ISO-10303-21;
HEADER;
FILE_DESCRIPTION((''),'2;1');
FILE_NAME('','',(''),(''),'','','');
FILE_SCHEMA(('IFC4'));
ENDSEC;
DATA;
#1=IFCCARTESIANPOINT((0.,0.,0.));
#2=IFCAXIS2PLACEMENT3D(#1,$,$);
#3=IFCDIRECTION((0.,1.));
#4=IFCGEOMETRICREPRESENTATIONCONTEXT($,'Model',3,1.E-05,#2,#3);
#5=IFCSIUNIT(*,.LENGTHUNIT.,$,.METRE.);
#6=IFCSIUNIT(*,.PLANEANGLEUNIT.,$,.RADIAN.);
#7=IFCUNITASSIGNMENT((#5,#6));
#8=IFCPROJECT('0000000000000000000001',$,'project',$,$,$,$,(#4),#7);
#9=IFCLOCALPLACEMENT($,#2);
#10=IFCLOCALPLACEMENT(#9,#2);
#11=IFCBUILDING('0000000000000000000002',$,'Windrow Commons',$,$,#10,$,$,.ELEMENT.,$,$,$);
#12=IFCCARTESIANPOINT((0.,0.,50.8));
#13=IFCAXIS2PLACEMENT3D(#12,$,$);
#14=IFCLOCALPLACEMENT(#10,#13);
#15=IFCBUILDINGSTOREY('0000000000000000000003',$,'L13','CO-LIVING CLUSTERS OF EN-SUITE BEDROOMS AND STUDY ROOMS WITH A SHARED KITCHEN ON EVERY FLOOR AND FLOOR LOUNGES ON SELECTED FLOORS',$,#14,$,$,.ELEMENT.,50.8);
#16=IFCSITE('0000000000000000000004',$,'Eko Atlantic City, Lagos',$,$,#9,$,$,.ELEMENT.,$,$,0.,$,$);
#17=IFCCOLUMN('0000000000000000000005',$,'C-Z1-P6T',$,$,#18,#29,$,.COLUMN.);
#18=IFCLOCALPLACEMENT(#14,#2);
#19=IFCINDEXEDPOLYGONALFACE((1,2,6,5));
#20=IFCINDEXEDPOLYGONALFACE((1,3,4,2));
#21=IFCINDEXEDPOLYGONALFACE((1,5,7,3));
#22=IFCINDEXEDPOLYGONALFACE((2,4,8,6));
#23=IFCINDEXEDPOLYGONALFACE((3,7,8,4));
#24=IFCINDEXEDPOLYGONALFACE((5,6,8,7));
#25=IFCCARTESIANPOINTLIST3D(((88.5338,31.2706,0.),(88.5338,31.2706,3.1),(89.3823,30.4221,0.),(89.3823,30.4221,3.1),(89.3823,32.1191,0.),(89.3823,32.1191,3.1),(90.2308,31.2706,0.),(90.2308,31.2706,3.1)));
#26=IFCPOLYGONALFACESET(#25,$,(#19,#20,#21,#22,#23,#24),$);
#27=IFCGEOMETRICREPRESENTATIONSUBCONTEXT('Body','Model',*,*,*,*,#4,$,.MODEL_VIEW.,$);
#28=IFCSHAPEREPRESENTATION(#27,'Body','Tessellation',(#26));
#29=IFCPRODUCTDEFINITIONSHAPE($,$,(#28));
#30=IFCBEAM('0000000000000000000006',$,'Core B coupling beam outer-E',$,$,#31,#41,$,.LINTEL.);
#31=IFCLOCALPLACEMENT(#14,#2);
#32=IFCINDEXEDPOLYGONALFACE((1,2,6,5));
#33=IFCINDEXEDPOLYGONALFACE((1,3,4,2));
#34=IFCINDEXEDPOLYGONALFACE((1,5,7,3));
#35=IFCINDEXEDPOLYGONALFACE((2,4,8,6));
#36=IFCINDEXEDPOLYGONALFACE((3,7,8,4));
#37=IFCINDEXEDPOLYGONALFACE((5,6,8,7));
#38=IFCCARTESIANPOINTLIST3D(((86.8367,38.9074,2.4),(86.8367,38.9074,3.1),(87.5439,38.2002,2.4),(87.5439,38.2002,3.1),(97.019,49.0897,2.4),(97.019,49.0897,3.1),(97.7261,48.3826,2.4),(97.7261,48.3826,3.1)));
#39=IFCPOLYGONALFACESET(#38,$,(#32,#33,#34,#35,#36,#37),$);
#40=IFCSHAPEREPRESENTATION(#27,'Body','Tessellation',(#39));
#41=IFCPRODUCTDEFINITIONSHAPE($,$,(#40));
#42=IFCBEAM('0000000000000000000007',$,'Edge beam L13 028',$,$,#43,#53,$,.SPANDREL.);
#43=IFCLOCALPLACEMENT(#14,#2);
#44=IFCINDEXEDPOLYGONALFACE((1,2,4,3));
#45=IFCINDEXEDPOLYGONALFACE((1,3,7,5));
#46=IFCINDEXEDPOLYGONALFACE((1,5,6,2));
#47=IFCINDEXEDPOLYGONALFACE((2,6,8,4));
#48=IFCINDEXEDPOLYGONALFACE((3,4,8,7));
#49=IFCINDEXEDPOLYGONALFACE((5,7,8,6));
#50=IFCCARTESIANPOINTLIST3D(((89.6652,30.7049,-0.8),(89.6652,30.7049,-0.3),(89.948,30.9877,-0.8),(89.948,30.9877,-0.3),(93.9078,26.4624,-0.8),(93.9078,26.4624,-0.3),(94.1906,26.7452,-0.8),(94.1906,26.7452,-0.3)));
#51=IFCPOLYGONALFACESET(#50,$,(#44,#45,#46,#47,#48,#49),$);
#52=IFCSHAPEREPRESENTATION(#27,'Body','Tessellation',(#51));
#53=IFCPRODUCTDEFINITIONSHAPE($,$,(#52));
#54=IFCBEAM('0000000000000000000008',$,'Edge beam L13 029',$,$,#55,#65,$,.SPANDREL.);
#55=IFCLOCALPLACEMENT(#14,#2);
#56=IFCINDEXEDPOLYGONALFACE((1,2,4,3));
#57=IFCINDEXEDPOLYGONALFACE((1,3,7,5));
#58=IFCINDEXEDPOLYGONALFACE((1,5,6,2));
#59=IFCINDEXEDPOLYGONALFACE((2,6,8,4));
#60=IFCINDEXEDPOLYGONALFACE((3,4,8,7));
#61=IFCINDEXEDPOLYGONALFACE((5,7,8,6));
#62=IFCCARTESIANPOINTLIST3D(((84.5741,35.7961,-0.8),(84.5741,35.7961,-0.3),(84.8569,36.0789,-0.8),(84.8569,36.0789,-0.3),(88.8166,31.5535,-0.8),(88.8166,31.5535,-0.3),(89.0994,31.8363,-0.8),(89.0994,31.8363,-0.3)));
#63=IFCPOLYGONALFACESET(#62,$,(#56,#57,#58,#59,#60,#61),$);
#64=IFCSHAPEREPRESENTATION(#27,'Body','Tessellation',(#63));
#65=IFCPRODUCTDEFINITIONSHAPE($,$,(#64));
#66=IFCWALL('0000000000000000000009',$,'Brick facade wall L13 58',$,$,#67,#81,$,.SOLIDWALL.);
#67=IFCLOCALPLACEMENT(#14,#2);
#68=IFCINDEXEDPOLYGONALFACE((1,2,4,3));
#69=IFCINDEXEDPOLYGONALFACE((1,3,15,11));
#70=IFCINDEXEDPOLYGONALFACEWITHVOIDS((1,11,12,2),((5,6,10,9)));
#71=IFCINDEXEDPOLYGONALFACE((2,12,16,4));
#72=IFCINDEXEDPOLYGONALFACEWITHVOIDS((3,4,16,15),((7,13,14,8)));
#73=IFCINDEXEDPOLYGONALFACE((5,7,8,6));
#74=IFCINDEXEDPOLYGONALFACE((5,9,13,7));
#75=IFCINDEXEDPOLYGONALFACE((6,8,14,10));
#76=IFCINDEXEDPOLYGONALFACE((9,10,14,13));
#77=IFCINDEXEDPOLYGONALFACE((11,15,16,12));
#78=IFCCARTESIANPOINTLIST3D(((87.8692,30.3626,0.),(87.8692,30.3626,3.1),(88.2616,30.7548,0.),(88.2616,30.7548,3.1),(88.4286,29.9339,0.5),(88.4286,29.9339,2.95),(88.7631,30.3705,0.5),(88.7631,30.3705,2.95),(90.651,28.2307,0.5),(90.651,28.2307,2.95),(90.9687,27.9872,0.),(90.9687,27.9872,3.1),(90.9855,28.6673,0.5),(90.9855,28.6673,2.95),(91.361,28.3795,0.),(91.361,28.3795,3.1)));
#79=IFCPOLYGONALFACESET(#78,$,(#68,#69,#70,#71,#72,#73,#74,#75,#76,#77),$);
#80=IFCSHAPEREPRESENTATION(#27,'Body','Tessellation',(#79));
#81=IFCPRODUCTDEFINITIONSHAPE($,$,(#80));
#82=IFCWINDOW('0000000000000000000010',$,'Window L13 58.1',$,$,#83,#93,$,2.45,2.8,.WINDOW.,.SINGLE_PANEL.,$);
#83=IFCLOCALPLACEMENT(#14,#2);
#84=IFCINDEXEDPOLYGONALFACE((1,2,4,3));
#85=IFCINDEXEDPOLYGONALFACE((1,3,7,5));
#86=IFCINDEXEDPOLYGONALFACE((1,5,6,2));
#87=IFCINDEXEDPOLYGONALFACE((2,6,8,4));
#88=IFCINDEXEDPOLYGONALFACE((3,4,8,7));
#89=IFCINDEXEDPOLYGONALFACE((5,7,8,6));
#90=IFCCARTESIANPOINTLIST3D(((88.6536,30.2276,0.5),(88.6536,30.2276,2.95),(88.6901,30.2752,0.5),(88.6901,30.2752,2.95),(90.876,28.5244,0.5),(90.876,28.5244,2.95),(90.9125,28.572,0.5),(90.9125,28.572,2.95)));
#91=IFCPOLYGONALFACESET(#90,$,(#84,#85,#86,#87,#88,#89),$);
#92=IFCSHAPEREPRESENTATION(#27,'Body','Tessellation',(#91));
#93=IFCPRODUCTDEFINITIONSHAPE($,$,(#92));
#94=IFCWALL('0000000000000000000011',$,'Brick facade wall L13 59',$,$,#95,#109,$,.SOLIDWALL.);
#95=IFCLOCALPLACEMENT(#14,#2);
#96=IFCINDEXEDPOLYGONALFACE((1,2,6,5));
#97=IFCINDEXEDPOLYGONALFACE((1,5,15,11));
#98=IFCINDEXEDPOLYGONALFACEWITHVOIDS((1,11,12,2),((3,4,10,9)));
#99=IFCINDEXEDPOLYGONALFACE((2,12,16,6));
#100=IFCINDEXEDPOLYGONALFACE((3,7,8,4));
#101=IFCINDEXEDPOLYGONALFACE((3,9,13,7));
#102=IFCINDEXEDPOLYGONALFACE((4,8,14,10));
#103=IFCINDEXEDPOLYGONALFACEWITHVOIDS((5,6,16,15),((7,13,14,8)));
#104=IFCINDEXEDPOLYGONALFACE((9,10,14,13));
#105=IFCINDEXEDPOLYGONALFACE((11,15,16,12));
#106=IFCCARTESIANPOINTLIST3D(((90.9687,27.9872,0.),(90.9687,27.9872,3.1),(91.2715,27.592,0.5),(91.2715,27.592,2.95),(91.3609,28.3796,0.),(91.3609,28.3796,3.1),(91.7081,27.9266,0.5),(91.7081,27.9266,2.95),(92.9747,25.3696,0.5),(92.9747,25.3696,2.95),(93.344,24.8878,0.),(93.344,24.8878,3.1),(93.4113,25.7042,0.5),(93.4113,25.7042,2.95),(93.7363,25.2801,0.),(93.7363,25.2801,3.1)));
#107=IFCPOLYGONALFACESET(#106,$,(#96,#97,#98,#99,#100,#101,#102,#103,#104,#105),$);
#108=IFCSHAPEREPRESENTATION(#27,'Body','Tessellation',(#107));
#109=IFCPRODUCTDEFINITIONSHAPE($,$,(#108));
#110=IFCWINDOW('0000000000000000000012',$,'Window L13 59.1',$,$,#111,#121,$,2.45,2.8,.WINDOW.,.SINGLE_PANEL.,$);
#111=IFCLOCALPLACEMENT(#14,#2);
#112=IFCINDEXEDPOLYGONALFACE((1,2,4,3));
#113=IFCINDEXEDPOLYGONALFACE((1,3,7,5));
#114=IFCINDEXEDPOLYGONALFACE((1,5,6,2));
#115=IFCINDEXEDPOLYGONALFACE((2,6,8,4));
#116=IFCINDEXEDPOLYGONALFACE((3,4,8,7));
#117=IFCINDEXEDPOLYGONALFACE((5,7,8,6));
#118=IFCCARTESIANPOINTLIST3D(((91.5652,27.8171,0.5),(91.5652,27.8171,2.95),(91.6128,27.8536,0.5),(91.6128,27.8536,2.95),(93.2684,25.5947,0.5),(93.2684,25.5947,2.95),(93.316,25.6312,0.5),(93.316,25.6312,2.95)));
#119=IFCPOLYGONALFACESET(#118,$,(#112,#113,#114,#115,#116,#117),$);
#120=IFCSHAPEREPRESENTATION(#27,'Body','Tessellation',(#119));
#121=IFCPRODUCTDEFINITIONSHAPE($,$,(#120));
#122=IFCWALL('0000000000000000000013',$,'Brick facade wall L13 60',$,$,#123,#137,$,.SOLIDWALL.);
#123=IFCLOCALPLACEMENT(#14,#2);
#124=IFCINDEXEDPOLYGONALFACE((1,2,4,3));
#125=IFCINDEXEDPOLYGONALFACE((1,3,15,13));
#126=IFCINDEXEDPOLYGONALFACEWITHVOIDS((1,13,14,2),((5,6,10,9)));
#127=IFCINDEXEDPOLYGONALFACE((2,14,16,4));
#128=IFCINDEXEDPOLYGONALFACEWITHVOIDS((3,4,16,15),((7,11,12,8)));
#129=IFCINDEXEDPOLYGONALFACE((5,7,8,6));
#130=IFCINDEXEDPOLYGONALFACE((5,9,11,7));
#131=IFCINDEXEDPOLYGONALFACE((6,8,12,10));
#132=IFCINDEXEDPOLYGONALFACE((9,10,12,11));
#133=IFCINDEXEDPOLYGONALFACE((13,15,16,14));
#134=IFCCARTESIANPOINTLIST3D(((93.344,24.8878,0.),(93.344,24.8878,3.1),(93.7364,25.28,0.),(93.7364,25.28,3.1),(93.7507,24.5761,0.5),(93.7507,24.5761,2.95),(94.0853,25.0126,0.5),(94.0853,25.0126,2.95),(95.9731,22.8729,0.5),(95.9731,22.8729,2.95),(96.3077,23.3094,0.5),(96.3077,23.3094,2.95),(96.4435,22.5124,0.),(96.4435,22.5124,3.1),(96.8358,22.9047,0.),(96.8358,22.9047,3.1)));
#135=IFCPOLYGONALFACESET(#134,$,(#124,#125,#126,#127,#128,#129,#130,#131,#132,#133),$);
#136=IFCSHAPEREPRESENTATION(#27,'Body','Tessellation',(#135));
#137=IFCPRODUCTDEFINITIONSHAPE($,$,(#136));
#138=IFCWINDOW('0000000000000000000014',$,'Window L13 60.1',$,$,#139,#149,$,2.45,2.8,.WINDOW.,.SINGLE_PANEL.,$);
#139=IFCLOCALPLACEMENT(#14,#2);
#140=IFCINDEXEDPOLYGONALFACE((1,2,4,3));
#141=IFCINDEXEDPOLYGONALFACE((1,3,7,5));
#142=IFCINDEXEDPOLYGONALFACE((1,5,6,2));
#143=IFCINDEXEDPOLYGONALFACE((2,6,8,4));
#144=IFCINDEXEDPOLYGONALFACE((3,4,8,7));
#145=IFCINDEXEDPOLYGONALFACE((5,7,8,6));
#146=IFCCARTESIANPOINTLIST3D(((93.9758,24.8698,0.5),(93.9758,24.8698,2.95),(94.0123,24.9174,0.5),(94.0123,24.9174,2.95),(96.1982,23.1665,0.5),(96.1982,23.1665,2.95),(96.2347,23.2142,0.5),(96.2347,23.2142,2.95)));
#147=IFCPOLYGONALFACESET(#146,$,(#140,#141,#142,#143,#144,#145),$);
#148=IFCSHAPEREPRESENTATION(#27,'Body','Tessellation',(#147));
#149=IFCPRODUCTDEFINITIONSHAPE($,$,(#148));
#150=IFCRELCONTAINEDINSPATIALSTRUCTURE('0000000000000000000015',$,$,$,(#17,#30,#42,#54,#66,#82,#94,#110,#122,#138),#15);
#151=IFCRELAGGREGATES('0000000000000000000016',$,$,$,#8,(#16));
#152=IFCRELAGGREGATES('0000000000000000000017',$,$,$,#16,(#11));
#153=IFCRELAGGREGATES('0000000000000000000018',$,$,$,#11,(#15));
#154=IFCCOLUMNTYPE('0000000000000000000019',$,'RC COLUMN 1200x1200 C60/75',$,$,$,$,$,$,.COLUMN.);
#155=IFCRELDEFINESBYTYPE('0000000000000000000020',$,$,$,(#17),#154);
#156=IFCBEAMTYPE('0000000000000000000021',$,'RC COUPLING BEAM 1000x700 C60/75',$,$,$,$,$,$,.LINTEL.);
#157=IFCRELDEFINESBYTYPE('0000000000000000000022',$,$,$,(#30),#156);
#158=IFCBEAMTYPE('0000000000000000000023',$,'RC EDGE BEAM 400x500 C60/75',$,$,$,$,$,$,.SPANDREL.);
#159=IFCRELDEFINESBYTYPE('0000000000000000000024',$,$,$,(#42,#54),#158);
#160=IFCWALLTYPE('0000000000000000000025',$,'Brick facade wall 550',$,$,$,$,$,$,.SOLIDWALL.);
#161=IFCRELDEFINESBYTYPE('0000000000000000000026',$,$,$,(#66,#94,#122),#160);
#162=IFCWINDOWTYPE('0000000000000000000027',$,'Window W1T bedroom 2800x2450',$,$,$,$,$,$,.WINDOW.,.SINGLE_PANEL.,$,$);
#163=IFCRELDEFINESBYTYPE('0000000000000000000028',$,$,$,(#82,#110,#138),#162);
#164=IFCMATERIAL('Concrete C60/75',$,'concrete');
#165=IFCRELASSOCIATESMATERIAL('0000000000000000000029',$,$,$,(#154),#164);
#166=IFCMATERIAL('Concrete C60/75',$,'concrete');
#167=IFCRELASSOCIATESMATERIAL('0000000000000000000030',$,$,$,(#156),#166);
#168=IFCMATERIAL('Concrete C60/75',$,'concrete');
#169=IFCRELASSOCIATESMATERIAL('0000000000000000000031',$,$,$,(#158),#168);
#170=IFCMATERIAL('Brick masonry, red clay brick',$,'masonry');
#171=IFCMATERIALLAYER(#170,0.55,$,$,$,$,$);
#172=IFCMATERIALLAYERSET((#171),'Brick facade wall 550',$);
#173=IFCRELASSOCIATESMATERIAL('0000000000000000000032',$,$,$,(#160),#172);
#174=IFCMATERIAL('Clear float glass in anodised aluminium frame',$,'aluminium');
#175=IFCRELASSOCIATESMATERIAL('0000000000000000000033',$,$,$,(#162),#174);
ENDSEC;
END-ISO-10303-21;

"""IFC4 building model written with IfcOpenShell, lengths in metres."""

from ifc_helpers import new_model, si_unit, direction, frame, frame_2d, origin, origin_2d, place, context, subcontext, project, spatial, polyline, rectangle, outline, extrude, material, layer, layer_set, material_profile, profile_set, type_object, element, fill, save


model = new_model("IFC4")

# Units and contexts
model_context = context("Model", 3, precision=1e-05, world=origin(), true_north=direction((0.0, 1.0)))
body_context = subcontext(model_context, "Body", "Model", "MODEL_VIEW")
ifc_project = project(units=[si_unit("LENGTHUNIT", "METRE"), si_unit("PLANEANGLEUNIT", "RADIAN")], contexts=[model_context])

# Site, building, storey
site_placement = place(None, origin())
site = spatial("IfcSite", under=ifc_project, at=site_placement, Name="Eko Atlantic City, Lagos", CompositionType="ELEMENT", RefElevation=0.0)
building_placement = place(site_placement, origin())
building = spatial("IfcBuilding", under=site, at=building_placement, Name="Windrow Commons", CompositionType="ELEMENT")
storey_placement = place(building_placement, frame((0.0, 0.0, 50.8)))
storey = spatial("IfcBuildingStorey", under=building, at=storey_placement, Name="L13", Description="CO-LIVING CLUSTERS OF EN-SUITE BEDROOMS AND STUDY ROOMS WITH A SHARED KITCHEN ON EVERY FLOOR AND FLOOR LOUNGES ON SELECTED FLOORS", CompositionType="ELEMENT", Elevation=50.8)

# Column
ifc_material_1 = material(Name="Concrete C60/75", Category="concrete")
ifc_material_profile_1 = material_profile(ifc_material_1, rectangle(XDim=1.2, YDim=1.2, at=origin_2d()))
ifc_profile_set_1 = profile_set([ifc_material_profile_1], Name="Concrete C60/75")
column_type = type_object("IfcColumnType", Name="RC COLUMN 1200x1200 C60/75", PredefinedType="COLUMN", material=ifc_profile_set_1)
column_placement = place(storey_placement, frame((89.3823, 31.2706, 0.0), z_axis=(0.0, 0.0, 1.0), x_axis=(0.707107, -0.707107, 0.0)))
element("IfcColumn", 1, at=column_placement, inside=storey, type_object=column_type, Name="C-Z1-P6T", PredefinedType="COLUMN", context=body_context, shape_type="SweptSolid", body=[
    extrude(rectangle(XDim=1.2, YDim=1.2, at=origin_2d()), origin(), (0.0, 0.0, 1.0), 3.1),
])

# Beams
ifc_material_2 = material(Name="Concrete C60/75", Category="concrete")
ifc_material_profile_2 = material_profile(ifc_material_2, rectangle(XDim=1.0, YDim=0.7, at=origin_2d()))
ifc_profile_set_2 = profile_set([ifc_material_profile_2], Name="Concrete C60/75")
beam_type_1 = type_object("IfcBeamType", Name="RC COUPLING BEAM 1000x700 C60/75", PredefinedType="LINTEL", material=ifc_profile_set_2)
beam_placement = place(storey_placement, frame((87.1903, 38.5538, 2.75), z_axis=(0.707103, 0.70711, 0.0), x_axis=(-0.70711, 0.707103, 0.0)))
element("IfcBeam", 2, at=beam_placement, inside=storey, type_object=beam_type_1, Name="Core B coupling beam outer-E", PredefinedType="LINTEL", context=body_context, shape_type="SweptSolid", body=[
    extrude(rectangle(XDim=1.0, YDim=0.7, at=origin_2d()), origin(), (0.0, 0.0, 1.0), 14.4),
])
ifc_material_3 = material(Name="Concrete C60/75", Category="concrete")
ifc_material_profile_3 = material_profile(ifc_material_3, rectangle(XDim=0.4, YDim=0.5, at=origin_2d()))
ifc_profile_set_3 = profile_set([ifc_material_profile_3], Name="Concrete C60/75")
beam_type_2 = type_object("IfcBeamType", Name="RC EDGE BEAM 400x500 C60/75", PredefinedType="SPANDREL", material=ifc_profile_set_3)
for number, where, z_axis, x_axis, name in (
    (3, (94.0492, 26.6038, -0.55), (-0.707115, 0.707098, 0.0), (-0.707098, -0.707115, 0.0), "Edge beam L13 028"),
    (4, (88.958, 31.6949, -0.55), (-0.707098, 0.707115, 0.0), (-0.707115, -0.707098, 0.0), "Edge beam L13 029"),
):
    element("IfcBeam", number, at=place(storey_placement, frame(where, z_axis=z_axis, x_axis=x_axis)), inside=storey, type_object=beam_type_2, Name=name, PredefinedType="SPANDREL", context=body_context, shape_type="SweptSolid", body=[
        extrude(rectangle(XDim=0.4, YDim=0.5, at=origin_2d()), origin(), (0.0, 0.0, 1.0), 5.9999),
    ])

# Walls, openings, windows
ifc_material_4 = material(Name="Brick masonry, red clay brick", Category="masonry")
ifc_layer_1 = layer(ifc_material_4, 0.55)
ifc_layer_set_1 = layer_set([ifc_layer_1], Name="Brick facade wall 550")
wall_type_1 = type_object("IfcWallType", Name="Brick facade wall 550", PredefinedType="SOLIDWALL", material=ifc_layer_set_1)
wall_1_placement = place(storey_placement, frame((88.0654, 30.5587, 0.0), z_axis=(0.0, 0.0, 1.0), x_axis=(0.793718, -0.608285, 0.0)))
wall_1 = element("IfcWall", 5, at=wall_1_placement, inside=storey, type_object=wall_type_1, Name="Brick facade wall L13 58", PredefinedType="SOLIDWALL", context=body_context, shape_type="SweptSolid", body=[
    extrude(outline(polyline([(-0.0364, -0.275), (3.8686, -0.275), (3.9414, 0.275), (0.0364, 0.275), (-0.0364, -0.275)])), origin(), (0.0, 0.0, 1.0), 3.1),
])
opening_1_placement = place(wall_1_placement, frame((0.6683, 0.0, 0.5)))
opening_1 = element("IfcOpeningElement", 6, at=opening_1_placement, cuts=wall_1, PredefinedType="OPENING", context=body_context, shape_type="SweptSolid", body=[
    extrude(rectangle(XDim=2.8, YDim=2.45, at=frame_2d((1.4, 1.225))), frame((0.0, 0.285, 0.0), z_axis=(0.0, -1.0, 0.0), x_axis=(1.0, 0.0, 0.0)), (0.0, 0.0, 1.0), 0.57),
])
ifc_material_5 = material(Name="Clear float glass in anodised aluminium frame", Category="aluminium")
window_type = type_object("IfcWindowType", Name="Window W1T bedroom 2800x2450", PartitioningType="SINGLE_PANEL", PredefinedType="WINDOW", material=ifc_material_5)
window_1_placement = place(opening_1_placement, origin())
window_1 = element("IfcWindow", 7, at=window_1_placement, inside=storey, type_object=window_type, Name="Window L13 58.1", OverallHeight=2.45, OverallWidth=2.8, PartitioningType="SINGLE_PANEL", PredefinedType="WINDOW", context=body_context, shape_type="SweptSolid", body=[
    extrude(rectangle(XDim=2.8, YDim=2.45, at=frame_2d((1.4, 1.225))), frame((0.0, 0.155, 0.0), z_axis=(0.0, -1.0, 0.0), x_axis=(1.0, 0.0, 0.0)), (0.0, 0.0, 1.0), 0.06),
])
fill(opening_1, window_1)
wall_2_placement = place(storey_placement, frame((91.1648, 28.1834, 0.0), z_axis=(0.0, 0.0, 1.0), x_axis=(0.608289, -0.793716, 0.0)))
wall_2 = element("IfcWall", 8, at=wall_2_placement, inside=storey, type_object=wall_type_1, Name="Brick facade wall L13 59", PredefinedType="SOLIDWALL", context=body_context, shape_type="SweptSolid", body=[
    extrude(outline(polyline([(0.0364, -0.275), (3.9414, -0.275), (3.8686, 0.275), (-0.0364, 0.275), (0.0364, -0.275)])), origin(), (0.0, 0.0, 1.0), 3.1),
])
opening_2_placement = place(wall_2_placement, frame((0.5343, 0.0, 0.5)))
opening_2 = element("IfcOpeningElement", 9, at=opening_2_placement, cuts=wall_2, PredefinedType="OPENING", context=body_context, shape_type="SweptSolid", body=[
    extrude(rectangle(XDim=2.8, YDim=2.45, at=frame_2d((1.4, 1.225))), frame((0.0, 0.285, 0.0), z_axis=(0.0, -1.0, 0.0), x_axis=(1.0, 0.0, 0.0)), (0.0, 0.0, 1.0), 0.57),
])
window_2_placement = place(opening_2_placement, origin())
window_2 = element("IfcWindow", 10, at=window_2_placement, inside=storey, type_object=window_type, Name="Window L13 59.1", OverallHeight=2.45, OverallWidth=2.8, PartitioningType="SINGLE_PANEL", PredefinedType="WINDOW", context=body_context, shape_type="SweptSolid", body=[
    extrude(rectangle(XDim=2.8, YDim=2.45, at=frame_2d((1.4, 1.225))), frame((0.0, 0.155, 0.0), z_axis=(0.0, -1.0, 0.0), x_axis=(1.0, 0.0, 0.0)), (0.0, 0.0, 1.0), 0.06),
])
fill(opening_2, window_2)
wall_3_placement = place(storey_placement, frame((93.5402, 25.0839, 0.0), z_axis=(0.0, 0.0, 1.0), x_axis=(0.793716, -0.608289, 0.0)))
wall_3 = element("IfcWall", 11, at=wall_3_placement, inside=storey, type_object=wall_type_1, Name="Brick facade wall L13 60", PredefinedType="SOLIDWALL", context=body_context, shape_type="SweptSolid", body=[
    extrude(outline(polyline([(-0.0364, -0.275), (3.8686, -0.275), (3.9414, 0.275), (0.0364, 0.275), (-0.0364, -0.275)])), origin(), (0.0, 0.0, 1.0), 3.1),
])
opening_3_placement = place(wall_3_placement, frame((0.476, 0.0, 0.5)))
opening_3 = element("IfcOpeningElement", 12, at=opening_3_placement, cuts=wall_3, PredefinedType="OPENING", context=body_context, shape_type="SweptSolid", body=[
    extrude(rectangle(XDim=2.8, YDim=2.45, at=frame_2d((1.4, 1.225))), frame((0.0, 0.285, 0.0), z_axis=(0.0, -1.0, 0.0), x_axis=(1.0, 0.0, 0.0)), (0.0, 0.0, 1.0), 0.57),
])
window_3_placement = place(opening_3_placement, origin())
window_3 = element("IfcWindow", 13, at=window_3_placement, inside=storey, type_object=window_type, Name="Window L13 60.1", OverallHeight=2.45, OverallWidth=2.8, PartitioningType="SINGLE_PANEL", PredefinedType="WINDOW", context=body_context, shape_type="SweptSolid", body=[
    extrude(rectangle(XDim=2.8, YDim=2.45, at=frame_2d((1.4, 1.225))), frame((0.0, 0.155, 0.0), z_axis=(0.0, -1.0, 0.0), x_axis=(1.0, 0.0, 0.0)), (0.0, 0.0, 1.0), 0.06),
])
fill(opening_3, window_3)

save(model, "model.ifc")
